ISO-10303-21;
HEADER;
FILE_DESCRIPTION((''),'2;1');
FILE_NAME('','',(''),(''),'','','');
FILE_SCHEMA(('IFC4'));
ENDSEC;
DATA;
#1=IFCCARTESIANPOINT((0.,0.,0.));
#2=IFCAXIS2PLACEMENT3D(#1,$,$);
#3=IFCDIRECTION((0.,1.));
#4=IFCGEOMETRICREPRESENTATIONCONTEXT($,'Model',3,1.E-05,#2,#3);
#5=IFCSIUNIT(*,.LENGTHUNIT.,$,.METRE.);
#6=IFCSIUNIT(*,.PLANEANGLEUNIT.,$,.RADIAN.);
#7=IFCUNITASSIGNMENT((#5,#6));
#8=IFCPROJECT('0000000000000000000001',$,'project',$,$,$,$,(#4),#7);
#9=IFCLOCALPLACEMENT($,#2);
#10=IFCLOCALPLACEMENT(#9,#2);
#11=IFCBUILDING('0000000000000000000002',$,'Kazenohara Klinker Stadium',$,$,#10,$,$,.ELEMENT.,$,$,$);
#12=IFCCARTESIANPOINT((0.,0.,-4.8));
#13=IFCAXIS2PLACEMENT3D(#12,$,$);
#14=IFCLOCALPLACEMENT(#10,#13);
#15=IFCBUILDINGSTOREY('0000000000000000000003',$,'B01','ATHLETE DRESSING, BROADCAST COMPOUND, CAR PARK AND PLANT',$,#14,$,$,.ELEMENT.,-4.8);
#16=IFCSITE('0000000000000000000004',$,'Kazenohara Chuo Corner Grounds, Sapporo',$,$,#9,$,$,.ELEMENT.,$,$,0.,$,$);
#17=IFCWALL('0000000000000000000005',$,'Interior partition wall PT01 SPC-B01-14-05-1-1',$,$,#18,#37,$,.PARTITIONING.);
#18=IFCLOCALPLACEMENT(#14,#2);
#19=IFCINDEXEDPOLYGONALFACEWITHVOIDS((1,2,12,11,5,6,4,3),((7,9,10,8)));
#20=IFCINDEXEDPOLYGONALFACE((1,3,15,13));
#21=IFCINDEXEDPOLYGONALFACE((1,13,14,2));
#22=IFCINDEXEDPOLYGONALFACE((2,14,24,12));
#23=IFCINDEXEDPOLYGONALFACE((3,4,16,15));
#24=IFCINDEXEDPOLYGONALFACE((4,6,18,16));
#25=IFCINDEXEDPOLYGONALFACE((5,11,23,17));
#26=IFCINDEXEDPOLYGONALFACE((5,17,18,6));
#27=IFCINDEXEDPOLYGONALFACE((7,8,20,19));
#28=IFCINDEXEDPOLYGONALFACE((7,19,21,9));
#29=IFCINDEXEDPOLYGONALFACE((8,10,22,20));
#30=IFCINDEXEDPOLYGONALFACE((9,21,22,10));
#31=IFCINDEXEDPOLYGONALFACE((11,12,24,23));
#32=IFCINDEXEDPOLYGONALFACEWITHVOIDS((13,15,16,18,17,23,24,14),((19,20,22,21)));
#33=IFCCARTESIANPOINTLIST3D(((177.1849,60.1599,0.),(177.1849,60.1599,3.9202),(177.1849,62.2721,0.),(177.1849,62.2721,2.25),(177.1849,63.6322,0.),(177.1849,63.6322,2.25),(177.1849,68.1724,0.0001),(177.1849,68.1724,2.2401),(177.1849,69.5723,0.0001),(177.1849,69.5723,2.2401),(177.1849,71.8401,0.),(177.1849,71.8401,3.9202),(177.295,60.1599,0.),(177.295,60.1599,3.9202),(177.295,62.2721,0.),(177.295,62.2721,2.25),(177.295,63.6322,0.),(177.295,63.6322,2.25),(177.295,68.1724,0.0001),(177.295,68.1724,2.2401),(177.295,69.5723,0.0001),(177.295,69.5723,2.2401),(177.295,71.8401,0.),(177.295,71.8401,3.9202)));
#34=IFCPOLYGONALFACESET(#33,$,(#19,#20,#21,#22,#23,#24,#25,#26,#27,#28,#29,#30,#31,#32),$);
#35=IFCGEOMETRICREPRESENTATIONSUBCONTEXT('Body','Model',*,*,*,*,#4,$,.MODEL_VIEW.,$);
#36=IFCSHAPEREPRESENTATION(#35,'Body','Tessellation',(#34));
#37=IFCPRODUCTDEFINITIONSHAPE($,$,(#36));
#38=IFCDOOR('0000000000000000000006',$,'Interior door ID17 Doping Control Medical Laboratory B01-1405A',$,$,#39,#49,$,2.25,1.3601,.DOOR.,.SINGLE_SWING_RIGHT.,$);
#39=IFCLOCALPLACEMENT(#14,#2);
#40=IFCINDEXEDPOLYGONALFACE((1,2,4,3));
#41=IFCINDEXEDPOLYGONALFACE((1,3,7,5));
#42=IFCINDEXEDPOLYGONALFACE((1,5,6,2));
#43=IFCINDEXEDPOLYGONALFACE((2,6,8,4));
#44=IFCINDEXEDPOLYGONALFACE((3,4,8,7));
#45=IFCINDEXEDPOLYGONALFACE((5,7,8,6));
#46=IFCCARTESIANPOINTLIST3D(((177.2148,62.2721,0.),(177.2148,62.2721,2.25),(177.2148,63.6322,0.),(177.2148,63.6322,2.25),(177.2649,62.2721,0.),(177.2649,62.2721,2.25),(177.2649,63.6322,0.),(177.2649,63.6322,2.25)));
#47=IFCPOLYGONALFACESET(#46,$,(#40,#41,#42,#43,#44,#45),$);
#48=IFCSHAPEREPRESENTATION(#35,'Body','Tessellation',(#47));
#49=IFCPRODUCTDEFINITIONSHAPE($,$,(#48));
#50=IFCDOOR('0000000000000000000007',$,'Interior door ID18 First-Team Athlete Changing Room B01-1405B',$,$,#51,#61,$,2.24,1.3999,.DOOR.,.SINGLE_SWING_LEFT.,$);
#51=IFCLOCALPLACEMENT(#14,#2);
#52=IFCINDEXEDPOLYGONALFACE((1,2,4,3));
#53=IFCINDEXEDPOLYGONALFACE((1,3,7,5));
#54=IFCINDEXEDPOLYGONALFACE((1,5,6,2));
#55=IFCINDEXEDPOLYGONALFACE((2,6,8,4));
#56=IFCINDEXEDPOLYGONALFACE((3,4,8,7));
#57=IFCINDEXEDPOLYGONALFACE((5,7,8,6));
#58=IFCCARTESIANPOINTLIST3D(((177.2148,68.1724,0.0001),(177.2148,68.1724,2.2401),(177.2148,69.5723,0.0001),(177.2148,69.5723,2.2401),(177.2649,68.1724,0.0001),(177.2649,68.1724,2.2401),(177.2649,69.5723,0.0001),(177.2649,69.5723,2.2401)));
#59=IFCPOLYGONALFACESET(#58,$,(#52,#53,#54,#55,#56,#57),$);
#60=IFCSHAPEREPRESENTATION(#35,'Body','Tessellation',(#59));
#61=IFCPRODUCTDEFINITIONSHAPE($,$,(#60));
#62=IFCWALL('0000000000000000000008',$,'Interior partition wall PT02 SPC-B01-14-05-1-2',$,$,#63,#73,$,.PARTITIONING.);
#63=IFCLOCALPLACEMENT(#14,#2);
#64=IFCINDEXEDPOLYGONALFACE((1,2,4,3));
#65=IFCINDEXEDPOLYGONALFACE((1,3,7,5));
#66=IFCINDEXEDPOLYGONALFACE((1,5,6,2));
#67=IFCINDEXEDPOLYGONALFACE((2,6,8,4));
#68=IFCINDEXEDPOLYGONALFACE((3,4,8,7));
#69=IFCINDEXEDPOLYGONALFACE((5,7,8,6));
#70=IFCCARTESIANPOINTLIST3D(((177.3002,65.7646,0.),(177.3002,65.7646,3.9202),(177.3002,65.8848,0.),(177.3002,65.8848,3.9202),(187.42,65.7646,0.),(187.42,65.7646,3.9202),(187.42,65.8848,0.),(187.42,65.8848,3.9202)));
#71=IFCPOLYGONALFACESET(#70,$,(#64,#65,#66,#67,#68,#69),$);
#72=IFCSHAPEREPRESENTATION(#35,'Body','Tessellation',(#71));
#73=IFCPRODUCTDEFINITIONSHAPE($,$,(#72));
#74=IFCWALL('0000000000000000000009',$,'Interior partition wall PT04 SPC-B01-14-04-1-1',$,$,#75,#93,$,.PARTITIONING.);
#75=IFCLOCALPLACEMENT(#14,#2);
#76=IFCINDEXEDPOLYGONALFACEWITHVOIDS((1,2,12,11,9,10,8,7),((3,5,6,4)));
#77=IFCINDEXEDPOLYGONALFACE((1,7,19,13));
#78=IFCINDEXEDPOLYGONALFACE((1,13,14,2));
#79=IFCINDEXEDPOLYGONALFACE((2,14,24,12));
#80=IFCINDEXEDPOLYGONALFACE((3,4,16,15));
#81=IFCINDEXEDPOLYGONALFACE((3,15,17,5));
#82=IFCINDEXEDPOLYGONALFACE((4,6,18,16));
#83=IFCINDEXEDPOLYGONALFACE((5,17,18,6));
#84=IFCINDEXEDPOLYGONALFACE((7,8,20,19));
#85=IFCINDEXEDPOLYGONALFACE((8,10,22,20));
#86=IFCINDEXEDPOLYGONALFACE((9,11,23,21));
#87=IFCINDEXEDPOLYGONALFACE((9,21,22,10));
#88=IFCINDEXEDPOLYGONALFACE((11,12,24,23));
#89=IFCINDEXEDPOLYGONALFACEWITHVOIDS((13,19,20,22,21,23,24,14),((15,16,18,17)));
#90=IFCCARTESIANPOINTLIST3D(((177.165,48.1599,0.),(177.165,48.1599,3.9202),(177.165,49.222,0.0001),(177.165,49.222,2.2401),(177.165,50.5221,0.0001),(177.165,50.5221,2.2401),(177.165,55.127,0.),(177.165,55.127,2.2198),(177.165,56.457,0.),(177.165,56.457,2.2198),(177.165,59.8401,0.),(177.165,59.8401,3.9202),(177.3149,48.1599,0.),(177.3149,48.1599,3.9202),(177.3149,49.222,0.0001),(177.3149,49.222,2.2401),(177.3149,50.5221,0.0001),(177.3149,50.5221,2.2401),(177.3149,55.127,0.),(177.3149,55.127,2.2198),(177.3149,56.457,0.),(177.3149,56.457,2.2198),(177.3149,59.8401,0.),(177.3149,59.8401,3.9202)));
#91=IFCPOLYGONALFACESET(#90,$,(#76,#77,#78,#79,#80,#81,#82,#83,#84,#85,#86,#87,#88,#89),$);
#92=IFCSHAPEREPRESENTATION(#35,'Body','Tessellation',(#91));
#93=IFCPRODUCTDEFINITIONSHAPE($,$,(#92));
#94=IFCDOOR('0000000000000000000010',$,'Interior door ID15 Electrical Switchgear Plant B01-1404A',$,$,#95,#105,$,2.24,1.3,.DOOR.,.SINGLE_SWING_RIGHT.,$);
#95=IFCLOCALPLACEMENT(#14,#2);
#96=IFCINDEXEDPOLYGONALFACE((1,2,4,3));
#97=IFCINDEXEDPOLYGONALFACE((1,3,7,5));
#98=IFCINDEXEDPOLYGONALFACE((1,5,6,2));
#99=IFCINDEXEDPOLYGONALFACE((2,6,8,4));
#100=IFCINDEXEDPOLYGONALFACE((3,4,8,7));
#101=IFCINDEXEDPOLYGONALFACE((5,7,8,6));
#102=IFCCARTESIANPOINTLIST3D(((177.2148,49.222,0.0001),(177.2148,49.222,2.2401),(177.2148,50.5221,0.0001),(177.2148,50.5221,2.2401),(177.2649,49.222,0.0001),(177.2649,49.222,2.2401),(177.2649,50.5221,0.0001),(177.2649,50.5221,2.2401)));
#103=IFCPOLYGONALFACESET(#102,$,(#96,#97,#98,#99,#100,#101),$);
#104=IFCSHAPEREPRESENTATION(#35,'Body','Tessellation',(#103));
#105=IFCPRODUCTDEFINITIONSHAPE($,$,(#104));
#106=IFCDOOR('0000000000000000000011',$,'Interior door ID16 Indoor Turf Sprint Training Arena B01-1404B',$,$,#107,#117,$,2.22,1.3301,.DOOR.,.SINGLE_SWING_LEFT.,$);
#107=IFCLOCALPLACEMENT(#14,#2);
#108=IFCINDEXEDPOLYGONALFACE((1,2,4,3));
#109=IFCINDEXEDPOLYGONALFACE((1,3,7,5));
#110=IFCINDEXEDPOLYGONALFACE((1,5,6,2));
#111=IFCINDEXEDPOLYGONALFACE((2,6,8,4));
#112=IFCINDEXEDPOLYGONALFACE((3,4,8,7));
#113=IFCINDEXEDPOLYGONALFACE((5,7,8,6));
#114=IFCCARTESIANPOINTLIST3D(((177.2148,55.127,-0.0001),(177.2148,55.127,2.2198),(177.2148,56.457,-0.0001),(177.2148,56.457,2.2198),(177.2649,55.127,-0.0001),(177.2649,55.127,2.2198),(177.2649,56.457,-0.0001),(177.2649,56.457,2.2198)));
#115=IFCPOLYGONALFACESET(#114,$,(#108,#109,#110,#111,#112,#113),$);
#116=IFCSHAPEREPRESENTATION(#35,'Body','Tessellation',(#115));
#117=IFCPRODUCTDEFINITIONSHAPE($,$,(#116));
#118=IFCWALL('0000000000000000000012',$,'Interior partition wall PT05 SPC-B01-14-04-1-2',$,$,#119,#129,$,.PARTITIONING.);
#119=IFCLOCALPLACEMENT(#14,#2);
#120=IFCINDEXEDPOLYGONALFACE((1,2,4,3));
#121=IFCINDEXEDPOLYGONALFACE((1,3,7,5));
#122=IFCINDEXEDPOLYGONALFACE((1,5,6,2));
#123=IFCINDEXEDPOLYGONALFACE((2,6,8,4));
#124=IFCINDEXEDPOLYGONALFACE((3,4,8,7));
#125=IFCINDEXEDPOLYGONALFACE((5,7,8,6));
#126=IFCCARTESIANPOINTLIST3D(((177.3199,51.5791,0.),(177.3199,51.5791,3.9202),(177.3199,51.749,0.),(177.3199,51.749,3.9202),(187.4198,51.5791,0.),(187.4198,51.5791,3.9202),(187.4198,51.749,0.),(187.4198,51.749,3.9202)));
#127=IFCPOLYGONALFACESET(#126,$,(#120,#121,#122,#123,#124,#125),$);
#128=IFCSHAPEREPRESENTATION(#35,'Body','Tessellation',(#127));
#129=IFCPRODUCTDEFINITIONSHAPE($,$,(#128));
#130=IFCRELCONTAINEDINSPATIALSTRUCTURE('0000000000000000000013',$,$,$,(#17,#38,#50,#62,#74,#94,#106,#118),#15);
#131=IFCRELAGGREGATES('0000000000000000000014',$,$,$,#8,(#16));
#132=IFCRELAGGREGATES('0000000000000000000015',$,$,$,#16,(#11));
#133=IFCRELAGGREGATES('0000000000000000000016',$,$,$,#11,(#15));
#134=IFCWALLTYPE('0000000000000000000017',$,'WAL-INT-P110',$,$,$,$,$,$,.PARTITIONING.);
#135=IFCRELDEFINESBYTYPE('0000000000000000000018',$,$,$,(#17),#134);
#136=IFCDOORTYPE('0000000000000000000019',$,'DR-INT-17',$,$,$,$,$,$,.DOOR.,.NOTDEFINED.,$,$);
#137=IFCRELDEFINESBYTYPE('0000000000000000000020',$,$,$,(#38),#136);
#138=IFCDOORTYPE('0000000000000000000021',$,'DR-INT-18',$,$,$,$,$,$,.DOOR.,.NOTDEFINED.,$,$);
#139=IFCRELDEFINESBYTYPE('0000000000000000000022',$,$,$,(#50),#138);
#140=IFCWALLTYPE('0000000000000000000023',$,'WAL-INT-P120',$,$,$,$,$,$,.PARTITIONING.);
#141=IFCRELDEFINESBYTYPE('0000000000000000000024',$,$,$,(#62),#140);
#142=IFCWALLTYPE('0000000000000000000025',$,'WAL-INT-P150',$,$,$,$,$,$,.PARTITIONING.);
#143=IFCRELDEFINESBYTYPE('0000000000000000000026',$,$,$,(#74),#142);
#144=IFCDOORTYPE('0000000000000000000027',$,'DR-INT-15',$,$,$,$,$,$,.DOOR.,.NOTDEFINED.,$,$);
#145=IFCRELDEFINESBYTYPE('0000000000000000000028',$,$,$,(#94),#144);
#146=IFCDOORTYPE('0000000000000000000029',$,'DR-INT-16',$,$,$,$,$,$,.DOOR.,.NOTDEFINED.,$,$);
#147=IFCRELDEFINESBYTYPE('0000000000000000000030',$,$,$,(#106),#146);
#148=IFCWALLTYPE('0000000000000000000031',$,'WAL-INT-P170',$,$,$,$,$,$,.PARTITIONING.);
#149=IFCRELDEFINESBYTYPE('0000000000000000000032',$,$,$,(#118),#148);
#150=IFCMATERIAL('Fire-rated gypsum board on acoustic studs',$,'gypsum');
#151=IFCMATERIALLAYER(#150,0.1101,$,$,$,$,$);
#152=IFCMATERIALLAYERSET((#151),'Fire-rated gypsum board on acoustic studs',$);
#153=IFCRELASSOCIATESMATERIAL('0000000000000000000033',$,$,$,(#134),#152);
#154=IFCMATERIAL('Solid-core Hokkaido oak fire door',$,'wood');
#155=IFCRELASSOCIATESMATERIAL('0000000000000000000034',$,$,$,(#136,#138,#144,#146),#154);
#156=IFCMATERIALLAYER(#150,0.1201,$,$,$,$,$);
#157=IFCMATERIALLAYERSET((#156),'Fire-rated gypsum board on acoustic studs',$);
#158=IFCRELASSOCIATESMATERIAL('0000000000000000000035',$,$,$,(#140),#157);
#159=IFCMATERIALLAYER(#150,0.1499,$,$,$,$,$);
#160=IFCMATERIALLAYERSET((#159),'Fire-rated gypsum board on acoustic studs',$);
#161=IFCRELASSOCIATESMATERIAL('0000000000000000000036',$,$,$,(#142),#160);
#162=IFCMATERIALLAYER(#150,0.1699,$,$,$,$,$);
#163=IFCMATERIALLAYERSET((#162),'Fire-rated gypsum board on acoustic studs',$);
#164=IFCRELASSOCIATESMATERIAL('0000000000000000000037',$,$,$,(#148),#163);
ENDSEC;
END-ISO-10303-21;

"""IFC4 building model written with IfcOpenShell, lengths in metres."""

from ifc_helpers import new_model, si_unit, direction, frame, frame_2d, origin, place, context, subcontext, project, spatial, rectangle, extrude, material, layer, layer_set, type_object, element, fill, save


model = new_model("IFC4")

# Units and contexts
model_context = context("Model", 3, precision=1e-05, world=origin(), true_north=direction((0.0, 1.0)))
body_context = subcontext(model_context, "Body", "Model", "MODEL_VIEW")
ifc_project = project(units=[si_unit("LENGTHUNIT", "METRE"), si_unit("PLANEANGLEUNIT", "RADIAN")], contexts=[model_context])

# Site, building, storey
site_placement = place(None, origin())
site = spatial("IfcSite", under=ifc_project, at=site_placement, Name="Kazenohara Chuo Corner Grounds, Sapporo", CompositionType="ELEMENT", RefElevation=0.0)
building_placement = place(site_placement, origin())
building = spatial("IfcBuilding", under=site, at=building_placement, Name="Kazenohara Klinker Stadium", CompositionType="ELEMENT")
storey_placement = place(building_placement, frame((0.0, 0.0, -4.8)))
storey = spatial("IfcBuildingStorey", under=building, at=storey_placement, Name="B01", Description="ATHLETE DRESSING, BROADCAST COMPOUND, CAR PARK AND PLANT", CompositionType="ELEMENT", Elevation=-4.8)

# Wall, openings, doors
ifc_material_1 = material(Name="Fire-rated gypsum board on acoustic studs", Category="gypsum")
ifc_layer_1 = layer(ifc_material_1, 0.1101)
ifc_layer_set_1 = layer_set([ifc_layer_1], Name="Fire-rated gypsum board on acoustic studs")
wall_type_1 = type_object("IfcWallType", Name="WAL-INT-P110", PredefinedType="PARTITIONING", material=ifc_layer_set_1)
wall_1_placement = place(storey_placement, frame((177.24, 60.1599, 0.0), z_axis=(0.0, 0.0, 1.0), x_axis=(0.0, 1.0, 0.0)))
wall_1 = element("IfcWall", 1, at=wall_1_placement, inside=storey, type_object=wall_type_1, Name="Interior partition wall PT01 SPC-B01-14-05-1-1", PredefinedType="PARTITIONING", context=body_context, shape_type="SweptSolid", body=[
    extrude(rectangle(XDim=11.6802, YDim=0.1101, at=frame_2d((5.8401, 0.0))), origin(), (0.0, 0.0, 1.0), 3.9202),
])
opening_1_placement = place(wall_1_placement, frame((3.4724, 0.0, 0.0), z_axis=(0.0, 0.0, 1.0), x_axis=(-1.0, 0.0, 0.0)))
opening_1 = element("IfcOpeningElement", 2, at=opening_1_placement, cuts=wall_1, PredefinedType="OPENING", context=body_context, shape_type="SweptSolid", body=[
    extrude(rectangle(XDim=1.3601, YDim=2.25, at=frame_2d((0.6802, 1.125))), frame((0.0, 0.0649, 0.0), z_axis=(0.0, -1.0, 0.0), x_axis=(1.0, 0.0, 0.0)), (0.0, 0.0, 1.0), 0.1301),
])
opening_2_placement = place(wall_1_placement, frame((9.4124, 0.0, 0.0), z_axis=(0.0, 0.0, 1.0), x_axis=(-1.0, 0.0, 0.0)))
opening_2 = element("IfcOpeningElement", 3, at=opening_2_placement, cuts=wall_1, PredefinedType="OPENING", context=body_context, shape_type="SweptSolid", body=[
    extrude(rectangle(XDim=1.3999, YDim=2.24, at=frame_2d((0.7, 1.1201))), frame((0.0, 0.0649, 0.0), z_axis=(0.0, -1.0, 0.0), x_axis=(1.0, 0.0, 0.0)), (0.0, 0.0, 1.0), 0.1301),
])
ifc_material_2 = material(Name="Solid-core Hokkaido oak fire door", Category="wood")
door_type_1 = type_object("IfcDoorType", Name="DR-INT-17", OperationType="NOTDEFINED", PredefinedType="DOOR", material=ifc_material_2)
door_1_placement = place(opening_1_placement, origin())
door_1 = element("IfcDoor", 4, at=door_1_placement, inside=storey, type_object=door_type_1, Name="Interior door ID17 Doping Control Medical Laboratory B01-1405A", OperationType="SINGLE_SWING_RIGHT", OverallHeight=2.25, OverallWidth=1.3601, PredefinedType="DOOR", context=body_context, shape_type="SweptSolid", body=[
    extrude(rectangle(XDim=1.3601, YDim=2.25, at=frame_2d((0.6802, 1.125))), frame((0.0, 0.0249, 0.0), z_axis=(0.0, -1.0, 0.0), x_axis=(1.0, 0.0, 0.0)), (0.0, 0.0, 1.0), 0.05),
])
fill(opening_1, door_1)
door_type_2 = type_object("IfcDoorType", Name="DR-INT-18", OperationType="NOTDEFINED", PredefinedType="DOOR", material=ifc_material_2)
door_2_placement = place(opening_2_placement, origin())
door_2 = element("IfcDoor", 5, at=door_2_placement, inside=storey, type_object=door_type_2, Name="Interior door ID18 First-Team Athlete Changing Room B01-1405B", OperationType="SINGLE_SWING_LEFT", OverallHeight=2.24, OverallWidth=1.3999, PredefinedType="DOOR", context=body_context, shape_type="SweptSolid", body=[
    extrude(rectangle(XDim=1.3999, YDim=2.24, at=frame_2d((0.7, 1.1201))), frame((0.0, 0.0249, 0.0), z_axis=(0.0, -1.0, 0.0), x_axis=(1.0, 0.0, 0.0)), (0.0, 0.0, 1.0), 0.05),
])
fill(opening_2, door_2)

# Wall
ifc_layer_2 = layer(ifc_material_1, 0.1201)
ifc_layer_set_2 = layer_set([ifc_layer_2], Name="Fire-rated gypsum board on acoustic studs")
wall_type_2 = type_object("IfcWallType", Name="WAL-INT-P120", PredefinedType="PARTITIONING", material=ifc_layer_set_2)
wall_2_placement = place(storey_placement, frame((177.3, 65.8247, 0.0), z_axis=(0.0, 0.0, 1.0), x_axis=(1.0, 0.0, 0.0)))
element("IfcWall", 6, at=wall_2_placement, inside=storey, type_object=wall_type_2, Name="Interior partition wall PT02 SPC-B01-14-05-1-2", PredefinedType="PARTITIONING", context=body_context, shape_type="SweptSolid", body=[
    extrude(rectangle(XDim=10.1199, YDim=0.1201, at=frame_2d((5.0601, 0.0))), origin(), (0.0, 0.0, 1.0), 3.9202),
])

# Wall, openings, doors
ifc_layer_3 = layer(ifc_material_1, 0.1499)
ifc_layer_set_3 = layer_set([ifc_layer_3], Name="Fire-rated gypsum board on acoustic studs")
wall_type_3 = type_object("IfcWallType", Name="WAL-INT-P150", PredefinedType="PARTITIONING", material=ifc_layer_set_3)
wall_3_placement = place(storey_placement, frame((177.24, 48.1599, 0.0), z_axis=(0.0, 0.0, 1.0), x_axis=(0.0, 1.0, 0.0)))
wall_3 = element("IfcWall", 7, at=wall_3_placement, inside=storey, type_object=wall_type_3, Name="Interior partition wall PT04 SPC-B01-14-04-1-1", PredefinedType="PARTITIONING", context=body_context, shape_type="SweptSolid", body=[
    extrude(rectangle(XDim=11.6802, YDim=0.1499, at=frame_2d((5.8401, 0.0))), origin(), (0.0, 0.0, 1.0), 3.9202),
])
opening_3_placement = place(wall_3_placement, frame((2.3621, 0.0, 0.0), z_axis=(0.0, 0.0, 1.0), x_axis=(-1.0, 0.0, 0.0)))
opening_3 = element("IfcOpeningElement", 8, at=opening_3_placement, cuts=wall_3, PredefinedType="OPENING", context=body_context, shape_type="SweptSolid", body=[
    extrude(rectangle(XDim=1.3, YDim=2.24, at=frame_2d((0.6499, 1.1201))), frame((0.0, 0.085, 0.0), z_axis=(0.0, -1.0, 0.0), x_axis=(1.0, 0.0, 0.0)), (0.0, 0.0, 1.0), 0.1699),
])
opening_4_placement = place(wall_3_placement, frame((8.2971, 0.0, 0.0), z_axis=(0.0, 0.0, 1.0), x_axis=(-1.0, 0.0, 0.0)))
opening_4 = element("IfcOpeningElement", 9, at=opening_4_placement, cuts=wall_3, PredefinedType="OPENING", context=body_context, shape_type="SweptSolid", body=[
    extrude(rectangle(XDim=1.3301, YDim=2.22, at=frame_2d((0.665, 1.1099))), frame((0.0, 0.085, 0.0), z_axis=(0.0, -1.0, 0.0), x_axis=(1.0, 0.0, 0.0)), (0.0, 0.0, 1.0), 0.1699),
])
door_type_3 = type_object("IfcDoorType", Name="DR-INT-15", OperationType="NOTDEFINED", PredefinedType="DOOR", material=ifc_material_2)
door_3_placement = place(opening_3_placement, origin())
door_3 = element("IfcDoor", 10, at=door_3_placement, inside=storey, type_object=door_type_3, Name="Interior door ID15 Electrical Switchgear Plant B01-1404A", OperationType="SINGLE_SWING_RIGHT", OverallHeight=2.24, OverallWidth=1.3, PredefinedType="DOOR", context=body_context, shape_type="SweptSolid", body=[
    extrude(rectangle(XDim=1.3, YDim=2.24, at=frame_2d((0.6499, 1.1201))), frame((0.0, 0.0249, 0.0), z_axis=(0.0, -1.0, 0.0), x_axis=(1.0, 0.0, 0.0)), (0.0, 0.0, 1.0), 0.05),
])
fill(opening_3, door_3)
door_type_4 = type_object("IfcDoorType", Name="DR-INT-16", OperationType="NOTDEFINED", PredefinedType="DOOR", material=ifc_material_2)
door_4_placement = place(opening_4_placement, origin())
door_4 = element("IfcDoor", 11, at=door_4_placement, inside=storey, type_object=door_type_4, Name="Interior door ID16 Indoor Turf Sprint Training Arena B01-1404B", OperationType="SINGLE_SWING_LEFT", OverallHeight=2.22, OverallWidth=1.3301, PredefinedType="DOOR", context=body_context, shape_type="SweptSolid", body=[
    extrude(rectangle(XDim=1.3301, YDim=2.22, at=frame_2d((0.665, 1.1099))), frame((0.0, 0.0249, 0.0), z_axis=(0.0, -1.0, 0.0), x_axis=(1.0, 0.0, 0.0)), (0.0, 0.0, 1.0), 0.05),
])
fill(opening_4, door_4)

# Wall
ifc_layer_4 = layer(ifc_material_1, 0.1699)
ifc_layer_set_4 = layer_set([ifc_layer_4], Name="Fire-rated gypsum board on acoustic studs")
wall_type_4 = type_object("IfcWallType", Name="WAL-INT-P170", PredefinedType="PARTITIONING", material=ifc_layer_set_4)
wall_4_placement = place(storey_placement, frame((177.3201, 51.6641, 0.0), z_axis=(0.0, 0.0, 1.0), x_axis=(1.0, 0.0, 0.0)))
element("IfcWall", 12, at=wall_4_placement, inside=storey, type_object=wall_type_4, Name="Interior partition wall PT05 SPC-B01-14-04-1-2", PredefinedType="PARTITIONING", context=body_context, shape_type="SweptSolid", body=[
    extrude(rectangle(XDim=10.0999, YDim=0.1699, at=frame_2d((5.0498, 0.0))), origin(), (0.0, 0.0, 1.0), 3.9202),
])

save(model, "model.ifc")
